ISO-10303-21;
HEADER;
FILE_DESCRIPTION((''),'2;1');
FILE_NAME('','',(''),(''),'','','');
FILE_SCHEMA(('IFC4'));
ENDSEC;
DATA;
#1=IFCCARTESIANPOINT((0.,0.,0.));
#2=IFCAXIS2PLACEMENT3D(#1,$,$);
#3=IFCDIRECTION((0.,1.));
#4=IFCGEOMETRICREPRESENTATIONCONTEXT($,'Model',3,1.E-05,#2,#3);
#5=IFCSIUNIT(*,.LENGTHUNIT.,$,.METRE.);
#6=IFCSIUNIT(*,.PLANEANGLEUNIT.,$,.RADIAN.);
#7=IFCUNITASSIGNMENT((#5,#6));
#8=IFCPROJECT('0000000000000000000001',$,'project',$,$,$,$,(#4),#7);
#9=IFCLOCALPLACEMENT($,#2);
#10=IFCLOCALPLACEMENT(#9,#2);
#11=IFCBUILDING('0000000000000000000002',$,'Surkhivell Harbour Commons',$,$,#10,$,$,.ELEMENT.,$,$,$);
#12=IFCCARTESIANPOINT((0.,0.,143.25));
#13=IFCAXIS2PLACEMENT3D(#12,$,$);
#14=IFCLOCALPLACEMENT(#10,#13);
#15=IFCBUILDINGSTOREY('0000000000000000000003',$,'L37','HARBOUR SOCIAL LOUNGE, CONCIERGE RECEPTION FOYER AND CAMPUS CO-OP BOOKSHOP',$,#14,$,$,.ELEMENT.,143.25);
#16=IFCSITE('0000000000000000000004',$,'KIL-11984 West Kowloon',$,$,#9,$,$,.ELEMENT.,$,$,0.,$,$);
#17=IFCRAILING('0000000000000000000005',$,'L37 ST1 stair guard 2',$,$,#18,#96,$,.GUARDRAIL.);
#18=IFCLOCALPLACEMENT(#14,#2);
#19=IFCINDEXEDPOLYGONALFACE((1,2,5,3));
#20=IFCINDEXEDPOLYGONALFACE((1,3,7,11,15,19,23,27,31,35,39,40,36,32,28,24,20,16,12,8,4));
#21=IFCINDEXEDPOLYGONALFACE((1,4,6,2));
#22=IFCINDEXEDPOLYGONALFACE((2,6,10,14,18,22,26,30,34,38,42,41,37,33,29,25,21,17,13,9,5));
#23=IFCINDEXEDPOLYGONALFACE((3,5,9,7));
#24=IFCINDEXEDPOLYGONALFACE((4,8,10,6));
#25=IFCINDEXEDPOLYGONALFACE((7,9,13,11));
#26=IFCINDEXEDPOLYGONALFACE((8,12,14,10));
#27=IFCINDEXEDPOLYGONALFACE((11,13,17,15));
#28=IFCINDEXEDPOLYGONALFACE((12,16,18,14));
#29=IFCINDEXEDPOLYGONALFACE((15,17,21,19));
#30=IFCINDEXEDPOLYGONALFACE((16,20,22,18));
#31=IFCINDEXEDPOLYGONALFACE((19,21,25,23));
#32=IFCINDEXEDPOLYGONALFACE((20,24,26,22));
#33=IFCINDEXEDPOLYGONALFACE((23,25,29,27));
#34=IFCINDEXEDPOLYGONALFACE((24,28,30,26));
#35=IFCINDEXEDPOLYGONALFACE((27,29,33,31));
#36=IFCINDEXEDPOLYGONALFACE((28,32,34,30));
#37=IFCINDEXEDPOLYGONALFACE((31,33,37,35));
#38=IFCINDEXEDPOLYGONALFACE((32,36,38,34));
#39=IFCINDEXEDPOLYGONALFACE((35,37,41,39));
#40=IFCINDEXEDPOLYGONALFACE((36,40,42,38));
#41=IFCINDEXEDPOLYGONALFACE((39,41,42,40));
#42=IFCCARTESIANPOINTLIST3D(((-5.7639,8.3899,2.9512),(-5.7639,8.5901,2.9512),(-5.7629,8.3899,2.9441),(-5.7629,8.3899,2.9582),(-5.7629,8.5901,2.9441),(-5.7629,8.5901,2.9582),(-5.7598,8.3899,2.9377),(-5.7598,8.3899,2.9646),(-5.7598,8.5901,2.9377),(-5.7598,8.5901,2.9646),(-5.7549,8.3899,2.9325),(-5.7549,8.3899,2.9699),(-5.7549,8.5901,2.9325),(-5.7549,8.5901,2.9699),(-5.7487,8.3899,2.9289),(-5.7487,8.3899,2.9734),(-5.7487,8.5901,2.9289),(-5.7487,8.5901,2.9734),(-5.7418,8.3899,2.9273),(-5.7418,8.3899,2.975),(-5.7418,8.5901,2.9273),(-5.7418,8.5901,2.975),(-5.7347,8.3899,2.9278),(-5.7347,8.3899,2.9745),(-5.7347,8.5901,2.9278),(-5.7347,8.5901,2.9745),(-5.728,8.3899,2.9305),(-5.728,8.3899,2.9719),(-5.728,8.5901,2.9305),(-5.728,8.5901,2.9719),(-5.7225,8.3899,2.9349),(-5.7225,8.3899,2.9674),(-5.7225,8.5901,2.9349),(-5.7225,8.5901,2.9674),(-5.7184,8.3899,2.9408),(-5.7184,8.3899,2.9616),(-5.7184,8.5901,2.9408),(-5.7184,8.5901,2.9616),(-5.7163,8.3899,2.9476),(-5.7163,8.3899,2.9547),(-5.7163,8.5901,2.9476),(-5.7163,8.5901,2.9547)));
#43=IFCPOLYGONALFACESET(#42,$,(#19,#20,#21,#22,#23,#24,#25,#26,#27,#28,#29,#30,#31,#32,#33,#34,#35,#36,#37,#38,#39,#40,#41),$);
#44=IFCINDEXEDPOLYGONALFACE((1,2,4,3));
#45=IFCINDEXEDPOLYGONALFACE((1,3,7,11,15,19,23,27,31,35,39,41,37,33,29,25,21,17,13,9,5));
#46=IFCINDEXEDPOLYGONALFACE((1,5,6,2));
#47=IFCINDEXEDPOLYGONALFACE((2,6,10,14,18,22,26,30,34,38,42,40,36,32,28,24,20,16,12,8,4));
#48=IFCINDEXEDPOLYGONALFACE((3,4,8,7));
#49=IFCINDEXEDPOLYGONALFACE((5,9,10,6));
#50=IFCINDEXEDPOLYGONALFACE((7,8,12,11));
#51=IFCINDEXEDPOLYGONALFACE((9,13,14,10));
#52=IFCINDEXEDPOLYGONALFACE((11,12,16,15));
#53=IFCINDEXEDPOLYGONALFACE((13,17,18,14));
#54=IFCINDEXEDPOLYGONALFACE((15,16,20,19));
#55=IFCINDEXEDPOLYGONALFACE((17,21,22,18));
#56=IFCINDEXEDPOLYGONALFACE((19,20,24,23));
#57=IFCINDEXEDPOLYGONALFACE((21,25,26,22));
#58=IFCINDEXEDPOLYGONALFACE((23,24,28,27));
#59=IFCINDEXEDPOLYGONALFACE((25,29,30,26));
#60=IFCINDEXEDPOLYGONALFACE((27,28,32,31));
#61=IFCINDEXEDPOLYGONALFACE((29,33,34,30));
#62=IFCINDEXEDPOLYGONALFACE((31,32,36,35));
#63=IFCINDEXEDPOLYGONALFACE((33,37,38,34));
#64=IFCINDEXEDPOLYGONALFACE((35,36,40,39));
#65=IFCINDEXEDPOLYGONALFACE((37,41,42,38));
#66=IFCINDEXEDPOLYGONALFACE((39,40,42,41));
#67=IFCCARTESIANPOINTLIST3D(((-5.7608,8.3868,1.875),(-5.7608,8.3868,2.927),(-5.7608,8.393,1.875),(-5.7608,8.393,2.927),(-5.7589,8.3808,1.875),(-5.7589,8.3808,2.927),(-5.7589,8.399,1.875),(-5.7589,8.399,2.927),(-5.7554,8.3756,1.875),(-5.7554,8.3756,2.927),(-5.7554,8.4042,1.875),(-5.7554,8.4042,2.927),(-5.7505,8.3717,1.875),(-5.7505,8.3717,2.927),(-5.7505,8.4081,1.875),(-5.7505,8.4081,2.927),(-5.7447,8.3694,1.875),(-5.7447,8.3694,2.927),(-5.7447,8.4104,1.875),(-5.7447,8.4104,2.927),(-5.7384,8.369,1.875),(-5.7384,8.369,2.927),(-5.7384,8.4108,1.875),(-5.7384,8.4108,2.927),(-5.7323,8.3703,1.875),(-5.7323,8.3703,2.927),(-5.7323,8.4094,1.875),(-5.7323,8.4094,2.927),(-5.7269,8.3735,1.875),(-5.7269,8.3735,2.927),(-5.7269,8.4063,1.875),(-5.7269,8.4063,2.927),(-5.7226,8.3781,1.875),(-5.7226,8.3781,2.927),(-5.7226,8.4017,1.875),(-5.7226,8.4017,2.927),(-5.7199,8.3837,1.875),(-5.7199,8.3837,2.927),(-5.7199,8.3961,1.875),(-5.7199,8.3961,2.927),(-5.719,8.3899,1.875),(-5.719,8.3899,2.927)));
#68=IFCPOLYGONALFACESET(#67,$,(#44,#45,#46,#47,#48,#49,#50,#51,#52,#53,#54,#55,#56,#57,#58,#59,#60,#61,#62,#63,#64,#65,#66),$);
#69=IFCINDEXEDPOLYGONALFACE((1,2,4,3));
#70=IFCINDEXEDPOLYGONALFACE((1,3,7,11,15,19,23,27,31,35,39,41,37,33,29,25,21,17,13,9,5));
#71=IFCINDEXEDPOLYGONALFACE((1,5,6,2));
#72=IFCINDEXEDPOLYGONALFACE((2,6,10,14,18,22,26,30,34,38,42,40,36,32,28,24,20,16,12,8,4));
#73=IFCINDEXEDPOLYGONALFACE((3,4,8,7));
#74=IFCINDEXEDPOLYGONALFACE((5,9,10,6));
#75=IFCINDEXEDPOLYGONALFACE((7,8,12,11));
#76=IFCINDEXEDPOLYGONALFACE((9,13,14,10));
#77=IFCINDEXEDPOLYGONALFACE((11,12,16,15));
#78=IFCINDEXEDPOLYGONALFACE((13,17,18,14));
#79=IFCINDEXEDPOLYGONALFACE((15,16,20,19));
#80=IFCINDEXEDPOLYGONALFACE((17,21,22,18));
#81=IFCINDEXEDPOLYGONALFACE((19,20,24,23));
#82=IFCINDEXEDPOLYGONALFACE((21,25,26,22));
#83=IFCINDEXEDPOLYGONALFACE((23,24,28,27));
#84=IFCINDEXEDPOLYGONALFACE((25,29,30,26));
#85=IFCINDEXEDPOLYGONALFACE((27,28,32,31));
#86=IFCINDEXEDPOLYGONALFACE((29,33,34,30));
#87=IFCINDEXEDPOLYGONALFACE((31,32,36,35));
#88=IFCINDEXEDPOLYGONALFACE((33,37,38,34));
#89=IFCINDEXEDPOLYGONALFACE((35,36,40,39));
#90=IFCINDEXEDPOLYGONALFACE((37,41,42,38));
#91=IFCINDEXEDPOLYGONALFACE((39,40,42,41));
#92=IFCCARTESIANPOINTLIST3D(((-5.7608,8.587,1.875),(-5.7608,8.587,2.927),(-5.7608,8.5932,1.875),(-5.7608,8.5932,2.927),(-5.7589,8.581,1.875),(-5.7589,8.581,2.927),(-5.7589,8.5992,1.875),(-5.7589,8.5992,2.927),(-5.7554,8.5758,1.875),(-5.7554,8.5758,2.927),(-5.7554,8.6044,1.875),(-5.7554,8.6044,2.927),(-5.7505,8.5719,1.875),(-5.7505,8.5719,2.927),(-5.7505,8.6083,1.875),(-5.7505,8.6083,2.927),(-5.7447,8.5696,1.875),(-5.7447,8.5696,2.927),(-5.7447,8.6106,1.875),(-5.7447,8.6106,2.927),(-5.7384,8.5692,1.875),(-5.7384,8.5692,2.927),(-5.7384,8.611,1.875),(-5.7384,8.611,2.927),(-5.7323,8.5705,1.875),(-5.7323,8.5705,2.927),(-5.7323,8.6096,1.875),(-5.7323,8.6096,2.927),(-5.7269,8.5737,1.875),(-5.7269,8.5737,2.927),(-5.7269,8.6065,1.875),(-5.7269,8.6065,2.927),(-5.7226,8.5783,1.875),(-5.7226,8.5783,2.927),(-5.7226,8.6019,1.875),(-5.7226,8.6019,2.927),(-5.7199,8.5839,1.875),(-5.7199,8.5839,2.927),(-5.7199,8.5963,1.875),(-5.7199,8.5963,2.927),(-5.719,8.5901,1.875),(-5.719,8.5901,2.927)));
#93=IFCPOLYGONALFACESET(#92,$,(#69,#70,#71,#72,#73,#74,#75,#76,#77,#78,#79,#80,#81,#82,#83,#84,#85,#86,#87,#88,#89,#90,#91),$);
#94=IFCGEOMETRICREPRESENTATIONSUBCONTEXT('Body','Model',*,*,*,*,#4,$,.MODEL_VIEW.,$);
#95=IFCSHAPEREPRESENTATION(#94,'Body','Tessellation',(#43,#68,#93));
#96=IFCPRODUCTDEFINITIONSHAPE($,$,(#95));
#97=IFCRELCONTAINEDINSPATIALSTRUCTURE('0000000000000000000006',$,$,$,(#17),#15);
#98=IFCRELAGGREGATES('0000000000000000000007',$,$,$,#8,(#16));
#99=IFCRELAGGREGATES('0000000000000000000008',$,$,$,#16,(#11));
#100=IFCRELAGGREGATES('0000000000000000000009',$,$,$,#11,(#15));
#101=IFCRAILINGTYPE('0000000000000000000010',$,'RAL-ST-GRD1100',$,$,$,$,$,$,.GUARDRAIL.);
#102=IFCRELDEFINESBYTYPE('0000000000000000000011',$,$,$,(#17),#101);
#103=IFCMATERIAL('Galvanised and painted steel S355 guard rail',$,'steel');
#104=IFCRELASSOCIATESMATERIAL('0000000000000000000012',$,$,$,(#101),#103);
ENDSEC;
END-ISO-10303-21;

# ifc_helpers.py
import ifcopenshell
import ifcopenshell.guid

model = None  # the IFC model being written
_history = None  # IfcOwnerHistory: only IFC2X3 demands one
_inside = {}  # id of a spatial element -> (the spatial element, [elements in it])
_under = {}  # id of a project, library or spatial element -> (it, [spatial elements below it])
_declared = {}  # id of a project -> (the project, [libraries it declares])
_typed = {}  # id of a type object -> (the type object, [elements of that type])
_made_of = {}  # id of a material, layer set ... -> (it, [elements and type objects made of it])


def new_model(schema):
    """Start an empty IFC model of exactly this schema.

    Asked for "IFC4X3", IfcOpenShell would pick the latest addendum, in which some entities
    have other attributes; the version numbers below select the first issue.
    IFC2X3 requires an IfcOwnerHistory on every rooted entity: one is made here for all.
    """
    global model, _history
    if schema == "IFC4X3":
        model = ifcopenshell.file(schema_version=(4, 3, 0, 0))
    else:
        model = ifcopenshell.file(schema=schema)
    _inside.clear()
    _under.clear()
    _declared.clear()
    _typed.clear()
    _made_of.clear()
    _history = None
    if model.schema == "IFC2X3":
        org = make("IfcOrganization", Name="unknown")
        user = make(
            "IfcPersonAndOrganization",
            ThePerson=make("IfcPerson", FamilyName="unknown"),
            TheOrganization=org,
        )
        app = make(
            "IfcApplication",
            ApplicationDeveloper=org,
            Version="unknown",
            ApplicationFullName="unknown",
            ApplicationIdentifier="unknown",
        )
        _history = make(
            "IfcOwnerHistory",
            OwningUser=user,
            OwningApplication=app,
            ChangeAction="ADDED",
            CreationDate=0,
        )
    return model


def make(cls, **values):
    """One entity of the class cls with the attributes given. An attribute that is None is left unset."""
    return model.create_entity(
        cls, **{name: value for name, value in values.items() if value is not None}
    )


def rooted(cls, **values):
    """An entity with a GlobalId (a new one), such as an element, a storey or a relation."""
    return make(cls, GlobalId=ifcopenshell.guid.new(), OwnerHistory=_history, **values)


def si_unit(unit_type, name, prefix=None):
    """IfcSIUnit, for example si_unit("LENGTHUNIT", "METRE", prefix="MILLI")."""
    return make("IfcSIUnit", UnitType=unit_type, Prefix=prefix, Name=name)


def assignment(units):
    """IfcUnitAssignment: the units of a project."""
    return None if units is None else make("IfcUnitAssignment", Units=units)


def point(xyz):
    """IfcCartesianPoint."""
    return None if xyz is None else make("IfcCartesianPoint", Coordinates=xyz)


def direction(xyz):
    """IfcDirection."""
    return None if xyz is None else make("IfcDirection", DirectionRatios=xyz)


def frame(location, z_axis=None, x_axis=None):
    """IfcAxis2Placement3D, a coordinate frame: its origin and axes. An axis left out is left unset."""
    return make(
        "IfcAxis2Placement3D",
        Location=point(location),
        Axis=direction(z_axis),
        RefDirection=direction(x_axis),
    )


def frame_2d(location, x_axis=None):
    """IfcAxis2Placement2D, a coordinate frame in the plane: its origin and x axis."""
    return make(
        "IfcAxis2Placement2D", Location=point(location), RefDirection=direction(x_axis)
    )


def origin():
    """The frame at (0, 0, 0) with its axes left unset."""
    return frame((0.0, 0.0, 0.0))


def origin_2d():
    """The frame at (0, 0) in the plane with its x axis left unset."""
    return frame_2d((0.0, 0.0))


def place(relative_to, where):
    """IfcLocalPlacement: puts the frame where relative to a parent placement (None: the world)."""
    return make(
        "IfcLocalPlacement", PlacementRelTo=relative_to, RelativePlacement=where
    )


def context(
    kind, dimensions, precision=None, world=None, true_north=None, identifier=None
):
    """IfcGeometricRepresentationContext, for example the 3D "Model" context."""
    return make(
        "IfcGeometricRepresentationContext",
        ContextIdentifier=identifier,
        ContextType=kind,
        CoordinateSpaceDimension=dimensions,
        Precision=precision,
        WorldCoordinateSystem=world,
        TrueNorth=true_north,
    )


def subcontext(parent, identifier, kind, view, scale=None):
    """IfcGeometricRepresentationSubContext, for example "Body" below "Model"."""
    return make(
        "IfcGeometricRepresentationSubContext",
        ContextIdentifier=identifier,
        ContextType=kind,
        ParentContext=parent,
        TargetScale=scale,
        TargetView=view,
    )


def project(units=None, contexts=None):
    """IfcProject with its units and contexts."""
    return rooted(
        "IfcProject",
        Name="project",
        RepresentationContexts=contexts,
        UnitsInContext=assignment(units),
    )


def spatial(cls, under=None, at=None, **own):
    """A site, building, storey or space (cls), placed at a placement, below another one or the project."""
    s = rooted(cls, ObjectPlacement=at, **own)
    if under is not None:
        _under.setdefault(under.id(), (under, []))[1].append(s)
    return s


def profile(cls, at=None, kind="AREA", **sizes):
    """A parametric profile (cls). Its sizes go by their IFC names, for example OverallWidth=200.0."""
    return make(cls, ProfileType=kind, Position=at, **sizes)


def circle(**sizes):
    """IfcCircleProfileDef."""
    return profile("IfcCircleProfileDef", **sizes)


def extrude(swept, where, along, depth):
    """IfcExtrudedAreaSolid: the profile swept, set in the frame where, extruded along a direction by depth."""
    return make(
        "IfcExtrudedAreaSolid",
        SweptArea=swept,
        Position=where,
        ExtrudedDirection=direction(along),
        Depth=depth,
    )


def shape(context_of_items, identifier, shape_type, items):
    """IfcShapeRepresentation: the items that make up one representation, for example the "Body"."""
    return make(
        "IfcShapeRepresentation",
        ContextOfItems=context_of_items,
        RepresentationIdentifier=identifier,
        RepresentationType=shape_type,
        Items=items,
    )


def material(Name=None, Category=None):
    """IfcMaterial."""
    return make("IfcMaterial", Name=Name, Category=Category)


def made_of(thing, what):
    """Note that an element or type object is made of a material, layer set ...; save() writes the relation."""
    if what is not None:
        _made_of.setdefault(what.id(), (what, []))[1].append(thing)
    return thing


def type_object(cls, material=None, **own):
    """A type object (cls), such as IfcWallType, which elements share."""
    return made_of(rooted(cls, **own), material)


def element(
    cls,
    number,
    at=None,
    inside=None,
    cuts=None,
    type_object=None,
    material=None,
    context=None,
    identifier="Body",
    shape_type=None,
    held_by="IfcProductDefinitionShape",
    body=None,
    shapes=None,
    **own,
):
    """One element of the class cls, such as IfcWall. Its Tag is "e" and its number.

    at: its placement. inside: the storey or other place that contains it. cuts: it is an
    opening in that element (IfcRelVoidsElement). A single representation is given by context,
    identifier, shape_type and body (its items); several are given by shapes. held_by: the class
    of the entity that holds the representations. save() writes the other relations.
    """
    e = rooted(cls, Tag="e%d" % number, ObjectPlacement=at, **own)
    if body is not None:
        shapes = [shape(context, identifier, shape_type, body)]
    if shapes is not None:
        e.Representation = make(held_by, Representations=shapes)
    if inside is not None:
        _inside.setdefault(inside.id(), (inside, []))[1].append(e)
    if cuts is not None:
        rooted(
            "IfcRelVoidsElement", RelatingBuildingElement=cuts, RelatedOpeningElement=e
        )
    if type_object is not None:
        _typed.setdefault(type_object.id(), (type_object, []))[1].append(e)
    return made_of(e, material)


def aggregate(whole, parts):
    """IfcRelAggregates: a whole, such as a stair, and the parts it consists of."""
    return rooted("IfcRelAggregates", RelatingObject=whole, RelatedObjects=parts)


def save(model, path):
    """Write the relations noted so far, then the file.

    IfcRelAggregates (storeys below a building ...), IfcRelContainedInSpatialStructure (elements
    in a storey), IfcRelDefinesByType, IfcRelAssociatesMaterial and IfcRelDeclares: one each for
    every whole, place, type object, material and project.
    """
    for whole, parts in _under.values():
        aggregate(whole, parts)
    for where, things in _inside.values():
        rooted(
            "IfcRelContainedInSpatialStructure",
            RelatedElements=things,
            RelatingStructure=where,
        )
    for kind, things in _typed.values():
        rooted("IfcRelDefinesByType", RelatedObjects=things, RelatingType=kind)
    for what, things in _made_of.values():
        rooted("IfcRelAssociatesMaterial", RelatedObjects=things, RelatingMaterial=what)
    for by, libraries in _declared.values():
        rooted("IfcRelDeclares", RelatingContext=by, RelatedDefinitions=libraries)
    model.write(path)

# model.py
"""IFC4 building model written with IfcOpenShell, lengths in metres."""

from ifc_helpers import new_model, si_unit, direction, frame, origin, origin_2d, place, context, subcontext, project, spatial, circle, extrude, material, type_object, element, save


model = new_model("IFC4")

# Units and contexts
model_context = context("Model", 3, precision=1e-05, world=origin(), true_north=direction((0.0, 1.0)))
body_context = subcontext(model_context, "Body", "Model", "MODEL_VIEW")
ifc_project = project(units=[si_unit("LENGTHUNIT", "METRE"), si_unit("PLANEANGLEUNIT", "RADIAN")], contexts=[model_context])

# Site, building, storey
site_placement = place(None, origin())
site = spatial("IfcSite", under=ifc_project, at=site_placement, Name="KIL-11984 West Kowloon", CompositionType="ELEMENT", RefElevation=0.0)
building_placement = place(site_placement, origin())
building = spatial("IfcBuilding", under=site, at=building_placement, Name="Surkhivell Harbour Commons", CompositionType="ELEMENT")
storey_placement = place(building_placement, frame((0.0, 0.0, 143.25)))
storey = spatial("IfcBuildingStorey", under=building, at=storey_placement, Name="L37", Description="HARBOUR SOCIAL LOUNGE, CONCIERGE RECEPTION FOYER AND CAMPUS CO-OP BOOKSHOP", CompositionType="ELEMENT", Elevation=143.25)

# Railing
ifc_material_1 = material(Name="Galvanised and painted steel S355 guard rail", Category="steel")
railing_type_1 = type_object("IfcRailingType", Name="RAL-ST-GRD1100", PredefinedType="GUARDRAIL", material=ifc_material_1)
railing_1_placement = place(storey_placement, frame((-5.74, 8.3899, 1.875)))
element("IfcRailing", 1, at=railing_1_placement, inside=storey, type_object=railing_type_1, Name="L37 ST1 stair guard 2", PredefinedType="GUARDRAIL", context=body_context, shape_type="SweptSolid", body=[
    extrude(circle(Radius=0.0239, at=origin_2d()), frame((0.0, 0.0, 1.0762), z_axis=(0.0, 1.0, 0.0), x_axis=(-1.0, 0.0, 0.0)), (0.0, 0.0, 1.0), 0.2002),
    extrude(circle(Radius=0.021, at=origin_2d()), origin(), (0.0, 0.0, 1.0), 1.052),
    extrude(circle(Radius=0.021, at=origin_2d()), frame((0.0, 0.2002, 0.0)), (0.0, 0.0, 1.0), 1.052),
])

save(model, "model.ifc")
